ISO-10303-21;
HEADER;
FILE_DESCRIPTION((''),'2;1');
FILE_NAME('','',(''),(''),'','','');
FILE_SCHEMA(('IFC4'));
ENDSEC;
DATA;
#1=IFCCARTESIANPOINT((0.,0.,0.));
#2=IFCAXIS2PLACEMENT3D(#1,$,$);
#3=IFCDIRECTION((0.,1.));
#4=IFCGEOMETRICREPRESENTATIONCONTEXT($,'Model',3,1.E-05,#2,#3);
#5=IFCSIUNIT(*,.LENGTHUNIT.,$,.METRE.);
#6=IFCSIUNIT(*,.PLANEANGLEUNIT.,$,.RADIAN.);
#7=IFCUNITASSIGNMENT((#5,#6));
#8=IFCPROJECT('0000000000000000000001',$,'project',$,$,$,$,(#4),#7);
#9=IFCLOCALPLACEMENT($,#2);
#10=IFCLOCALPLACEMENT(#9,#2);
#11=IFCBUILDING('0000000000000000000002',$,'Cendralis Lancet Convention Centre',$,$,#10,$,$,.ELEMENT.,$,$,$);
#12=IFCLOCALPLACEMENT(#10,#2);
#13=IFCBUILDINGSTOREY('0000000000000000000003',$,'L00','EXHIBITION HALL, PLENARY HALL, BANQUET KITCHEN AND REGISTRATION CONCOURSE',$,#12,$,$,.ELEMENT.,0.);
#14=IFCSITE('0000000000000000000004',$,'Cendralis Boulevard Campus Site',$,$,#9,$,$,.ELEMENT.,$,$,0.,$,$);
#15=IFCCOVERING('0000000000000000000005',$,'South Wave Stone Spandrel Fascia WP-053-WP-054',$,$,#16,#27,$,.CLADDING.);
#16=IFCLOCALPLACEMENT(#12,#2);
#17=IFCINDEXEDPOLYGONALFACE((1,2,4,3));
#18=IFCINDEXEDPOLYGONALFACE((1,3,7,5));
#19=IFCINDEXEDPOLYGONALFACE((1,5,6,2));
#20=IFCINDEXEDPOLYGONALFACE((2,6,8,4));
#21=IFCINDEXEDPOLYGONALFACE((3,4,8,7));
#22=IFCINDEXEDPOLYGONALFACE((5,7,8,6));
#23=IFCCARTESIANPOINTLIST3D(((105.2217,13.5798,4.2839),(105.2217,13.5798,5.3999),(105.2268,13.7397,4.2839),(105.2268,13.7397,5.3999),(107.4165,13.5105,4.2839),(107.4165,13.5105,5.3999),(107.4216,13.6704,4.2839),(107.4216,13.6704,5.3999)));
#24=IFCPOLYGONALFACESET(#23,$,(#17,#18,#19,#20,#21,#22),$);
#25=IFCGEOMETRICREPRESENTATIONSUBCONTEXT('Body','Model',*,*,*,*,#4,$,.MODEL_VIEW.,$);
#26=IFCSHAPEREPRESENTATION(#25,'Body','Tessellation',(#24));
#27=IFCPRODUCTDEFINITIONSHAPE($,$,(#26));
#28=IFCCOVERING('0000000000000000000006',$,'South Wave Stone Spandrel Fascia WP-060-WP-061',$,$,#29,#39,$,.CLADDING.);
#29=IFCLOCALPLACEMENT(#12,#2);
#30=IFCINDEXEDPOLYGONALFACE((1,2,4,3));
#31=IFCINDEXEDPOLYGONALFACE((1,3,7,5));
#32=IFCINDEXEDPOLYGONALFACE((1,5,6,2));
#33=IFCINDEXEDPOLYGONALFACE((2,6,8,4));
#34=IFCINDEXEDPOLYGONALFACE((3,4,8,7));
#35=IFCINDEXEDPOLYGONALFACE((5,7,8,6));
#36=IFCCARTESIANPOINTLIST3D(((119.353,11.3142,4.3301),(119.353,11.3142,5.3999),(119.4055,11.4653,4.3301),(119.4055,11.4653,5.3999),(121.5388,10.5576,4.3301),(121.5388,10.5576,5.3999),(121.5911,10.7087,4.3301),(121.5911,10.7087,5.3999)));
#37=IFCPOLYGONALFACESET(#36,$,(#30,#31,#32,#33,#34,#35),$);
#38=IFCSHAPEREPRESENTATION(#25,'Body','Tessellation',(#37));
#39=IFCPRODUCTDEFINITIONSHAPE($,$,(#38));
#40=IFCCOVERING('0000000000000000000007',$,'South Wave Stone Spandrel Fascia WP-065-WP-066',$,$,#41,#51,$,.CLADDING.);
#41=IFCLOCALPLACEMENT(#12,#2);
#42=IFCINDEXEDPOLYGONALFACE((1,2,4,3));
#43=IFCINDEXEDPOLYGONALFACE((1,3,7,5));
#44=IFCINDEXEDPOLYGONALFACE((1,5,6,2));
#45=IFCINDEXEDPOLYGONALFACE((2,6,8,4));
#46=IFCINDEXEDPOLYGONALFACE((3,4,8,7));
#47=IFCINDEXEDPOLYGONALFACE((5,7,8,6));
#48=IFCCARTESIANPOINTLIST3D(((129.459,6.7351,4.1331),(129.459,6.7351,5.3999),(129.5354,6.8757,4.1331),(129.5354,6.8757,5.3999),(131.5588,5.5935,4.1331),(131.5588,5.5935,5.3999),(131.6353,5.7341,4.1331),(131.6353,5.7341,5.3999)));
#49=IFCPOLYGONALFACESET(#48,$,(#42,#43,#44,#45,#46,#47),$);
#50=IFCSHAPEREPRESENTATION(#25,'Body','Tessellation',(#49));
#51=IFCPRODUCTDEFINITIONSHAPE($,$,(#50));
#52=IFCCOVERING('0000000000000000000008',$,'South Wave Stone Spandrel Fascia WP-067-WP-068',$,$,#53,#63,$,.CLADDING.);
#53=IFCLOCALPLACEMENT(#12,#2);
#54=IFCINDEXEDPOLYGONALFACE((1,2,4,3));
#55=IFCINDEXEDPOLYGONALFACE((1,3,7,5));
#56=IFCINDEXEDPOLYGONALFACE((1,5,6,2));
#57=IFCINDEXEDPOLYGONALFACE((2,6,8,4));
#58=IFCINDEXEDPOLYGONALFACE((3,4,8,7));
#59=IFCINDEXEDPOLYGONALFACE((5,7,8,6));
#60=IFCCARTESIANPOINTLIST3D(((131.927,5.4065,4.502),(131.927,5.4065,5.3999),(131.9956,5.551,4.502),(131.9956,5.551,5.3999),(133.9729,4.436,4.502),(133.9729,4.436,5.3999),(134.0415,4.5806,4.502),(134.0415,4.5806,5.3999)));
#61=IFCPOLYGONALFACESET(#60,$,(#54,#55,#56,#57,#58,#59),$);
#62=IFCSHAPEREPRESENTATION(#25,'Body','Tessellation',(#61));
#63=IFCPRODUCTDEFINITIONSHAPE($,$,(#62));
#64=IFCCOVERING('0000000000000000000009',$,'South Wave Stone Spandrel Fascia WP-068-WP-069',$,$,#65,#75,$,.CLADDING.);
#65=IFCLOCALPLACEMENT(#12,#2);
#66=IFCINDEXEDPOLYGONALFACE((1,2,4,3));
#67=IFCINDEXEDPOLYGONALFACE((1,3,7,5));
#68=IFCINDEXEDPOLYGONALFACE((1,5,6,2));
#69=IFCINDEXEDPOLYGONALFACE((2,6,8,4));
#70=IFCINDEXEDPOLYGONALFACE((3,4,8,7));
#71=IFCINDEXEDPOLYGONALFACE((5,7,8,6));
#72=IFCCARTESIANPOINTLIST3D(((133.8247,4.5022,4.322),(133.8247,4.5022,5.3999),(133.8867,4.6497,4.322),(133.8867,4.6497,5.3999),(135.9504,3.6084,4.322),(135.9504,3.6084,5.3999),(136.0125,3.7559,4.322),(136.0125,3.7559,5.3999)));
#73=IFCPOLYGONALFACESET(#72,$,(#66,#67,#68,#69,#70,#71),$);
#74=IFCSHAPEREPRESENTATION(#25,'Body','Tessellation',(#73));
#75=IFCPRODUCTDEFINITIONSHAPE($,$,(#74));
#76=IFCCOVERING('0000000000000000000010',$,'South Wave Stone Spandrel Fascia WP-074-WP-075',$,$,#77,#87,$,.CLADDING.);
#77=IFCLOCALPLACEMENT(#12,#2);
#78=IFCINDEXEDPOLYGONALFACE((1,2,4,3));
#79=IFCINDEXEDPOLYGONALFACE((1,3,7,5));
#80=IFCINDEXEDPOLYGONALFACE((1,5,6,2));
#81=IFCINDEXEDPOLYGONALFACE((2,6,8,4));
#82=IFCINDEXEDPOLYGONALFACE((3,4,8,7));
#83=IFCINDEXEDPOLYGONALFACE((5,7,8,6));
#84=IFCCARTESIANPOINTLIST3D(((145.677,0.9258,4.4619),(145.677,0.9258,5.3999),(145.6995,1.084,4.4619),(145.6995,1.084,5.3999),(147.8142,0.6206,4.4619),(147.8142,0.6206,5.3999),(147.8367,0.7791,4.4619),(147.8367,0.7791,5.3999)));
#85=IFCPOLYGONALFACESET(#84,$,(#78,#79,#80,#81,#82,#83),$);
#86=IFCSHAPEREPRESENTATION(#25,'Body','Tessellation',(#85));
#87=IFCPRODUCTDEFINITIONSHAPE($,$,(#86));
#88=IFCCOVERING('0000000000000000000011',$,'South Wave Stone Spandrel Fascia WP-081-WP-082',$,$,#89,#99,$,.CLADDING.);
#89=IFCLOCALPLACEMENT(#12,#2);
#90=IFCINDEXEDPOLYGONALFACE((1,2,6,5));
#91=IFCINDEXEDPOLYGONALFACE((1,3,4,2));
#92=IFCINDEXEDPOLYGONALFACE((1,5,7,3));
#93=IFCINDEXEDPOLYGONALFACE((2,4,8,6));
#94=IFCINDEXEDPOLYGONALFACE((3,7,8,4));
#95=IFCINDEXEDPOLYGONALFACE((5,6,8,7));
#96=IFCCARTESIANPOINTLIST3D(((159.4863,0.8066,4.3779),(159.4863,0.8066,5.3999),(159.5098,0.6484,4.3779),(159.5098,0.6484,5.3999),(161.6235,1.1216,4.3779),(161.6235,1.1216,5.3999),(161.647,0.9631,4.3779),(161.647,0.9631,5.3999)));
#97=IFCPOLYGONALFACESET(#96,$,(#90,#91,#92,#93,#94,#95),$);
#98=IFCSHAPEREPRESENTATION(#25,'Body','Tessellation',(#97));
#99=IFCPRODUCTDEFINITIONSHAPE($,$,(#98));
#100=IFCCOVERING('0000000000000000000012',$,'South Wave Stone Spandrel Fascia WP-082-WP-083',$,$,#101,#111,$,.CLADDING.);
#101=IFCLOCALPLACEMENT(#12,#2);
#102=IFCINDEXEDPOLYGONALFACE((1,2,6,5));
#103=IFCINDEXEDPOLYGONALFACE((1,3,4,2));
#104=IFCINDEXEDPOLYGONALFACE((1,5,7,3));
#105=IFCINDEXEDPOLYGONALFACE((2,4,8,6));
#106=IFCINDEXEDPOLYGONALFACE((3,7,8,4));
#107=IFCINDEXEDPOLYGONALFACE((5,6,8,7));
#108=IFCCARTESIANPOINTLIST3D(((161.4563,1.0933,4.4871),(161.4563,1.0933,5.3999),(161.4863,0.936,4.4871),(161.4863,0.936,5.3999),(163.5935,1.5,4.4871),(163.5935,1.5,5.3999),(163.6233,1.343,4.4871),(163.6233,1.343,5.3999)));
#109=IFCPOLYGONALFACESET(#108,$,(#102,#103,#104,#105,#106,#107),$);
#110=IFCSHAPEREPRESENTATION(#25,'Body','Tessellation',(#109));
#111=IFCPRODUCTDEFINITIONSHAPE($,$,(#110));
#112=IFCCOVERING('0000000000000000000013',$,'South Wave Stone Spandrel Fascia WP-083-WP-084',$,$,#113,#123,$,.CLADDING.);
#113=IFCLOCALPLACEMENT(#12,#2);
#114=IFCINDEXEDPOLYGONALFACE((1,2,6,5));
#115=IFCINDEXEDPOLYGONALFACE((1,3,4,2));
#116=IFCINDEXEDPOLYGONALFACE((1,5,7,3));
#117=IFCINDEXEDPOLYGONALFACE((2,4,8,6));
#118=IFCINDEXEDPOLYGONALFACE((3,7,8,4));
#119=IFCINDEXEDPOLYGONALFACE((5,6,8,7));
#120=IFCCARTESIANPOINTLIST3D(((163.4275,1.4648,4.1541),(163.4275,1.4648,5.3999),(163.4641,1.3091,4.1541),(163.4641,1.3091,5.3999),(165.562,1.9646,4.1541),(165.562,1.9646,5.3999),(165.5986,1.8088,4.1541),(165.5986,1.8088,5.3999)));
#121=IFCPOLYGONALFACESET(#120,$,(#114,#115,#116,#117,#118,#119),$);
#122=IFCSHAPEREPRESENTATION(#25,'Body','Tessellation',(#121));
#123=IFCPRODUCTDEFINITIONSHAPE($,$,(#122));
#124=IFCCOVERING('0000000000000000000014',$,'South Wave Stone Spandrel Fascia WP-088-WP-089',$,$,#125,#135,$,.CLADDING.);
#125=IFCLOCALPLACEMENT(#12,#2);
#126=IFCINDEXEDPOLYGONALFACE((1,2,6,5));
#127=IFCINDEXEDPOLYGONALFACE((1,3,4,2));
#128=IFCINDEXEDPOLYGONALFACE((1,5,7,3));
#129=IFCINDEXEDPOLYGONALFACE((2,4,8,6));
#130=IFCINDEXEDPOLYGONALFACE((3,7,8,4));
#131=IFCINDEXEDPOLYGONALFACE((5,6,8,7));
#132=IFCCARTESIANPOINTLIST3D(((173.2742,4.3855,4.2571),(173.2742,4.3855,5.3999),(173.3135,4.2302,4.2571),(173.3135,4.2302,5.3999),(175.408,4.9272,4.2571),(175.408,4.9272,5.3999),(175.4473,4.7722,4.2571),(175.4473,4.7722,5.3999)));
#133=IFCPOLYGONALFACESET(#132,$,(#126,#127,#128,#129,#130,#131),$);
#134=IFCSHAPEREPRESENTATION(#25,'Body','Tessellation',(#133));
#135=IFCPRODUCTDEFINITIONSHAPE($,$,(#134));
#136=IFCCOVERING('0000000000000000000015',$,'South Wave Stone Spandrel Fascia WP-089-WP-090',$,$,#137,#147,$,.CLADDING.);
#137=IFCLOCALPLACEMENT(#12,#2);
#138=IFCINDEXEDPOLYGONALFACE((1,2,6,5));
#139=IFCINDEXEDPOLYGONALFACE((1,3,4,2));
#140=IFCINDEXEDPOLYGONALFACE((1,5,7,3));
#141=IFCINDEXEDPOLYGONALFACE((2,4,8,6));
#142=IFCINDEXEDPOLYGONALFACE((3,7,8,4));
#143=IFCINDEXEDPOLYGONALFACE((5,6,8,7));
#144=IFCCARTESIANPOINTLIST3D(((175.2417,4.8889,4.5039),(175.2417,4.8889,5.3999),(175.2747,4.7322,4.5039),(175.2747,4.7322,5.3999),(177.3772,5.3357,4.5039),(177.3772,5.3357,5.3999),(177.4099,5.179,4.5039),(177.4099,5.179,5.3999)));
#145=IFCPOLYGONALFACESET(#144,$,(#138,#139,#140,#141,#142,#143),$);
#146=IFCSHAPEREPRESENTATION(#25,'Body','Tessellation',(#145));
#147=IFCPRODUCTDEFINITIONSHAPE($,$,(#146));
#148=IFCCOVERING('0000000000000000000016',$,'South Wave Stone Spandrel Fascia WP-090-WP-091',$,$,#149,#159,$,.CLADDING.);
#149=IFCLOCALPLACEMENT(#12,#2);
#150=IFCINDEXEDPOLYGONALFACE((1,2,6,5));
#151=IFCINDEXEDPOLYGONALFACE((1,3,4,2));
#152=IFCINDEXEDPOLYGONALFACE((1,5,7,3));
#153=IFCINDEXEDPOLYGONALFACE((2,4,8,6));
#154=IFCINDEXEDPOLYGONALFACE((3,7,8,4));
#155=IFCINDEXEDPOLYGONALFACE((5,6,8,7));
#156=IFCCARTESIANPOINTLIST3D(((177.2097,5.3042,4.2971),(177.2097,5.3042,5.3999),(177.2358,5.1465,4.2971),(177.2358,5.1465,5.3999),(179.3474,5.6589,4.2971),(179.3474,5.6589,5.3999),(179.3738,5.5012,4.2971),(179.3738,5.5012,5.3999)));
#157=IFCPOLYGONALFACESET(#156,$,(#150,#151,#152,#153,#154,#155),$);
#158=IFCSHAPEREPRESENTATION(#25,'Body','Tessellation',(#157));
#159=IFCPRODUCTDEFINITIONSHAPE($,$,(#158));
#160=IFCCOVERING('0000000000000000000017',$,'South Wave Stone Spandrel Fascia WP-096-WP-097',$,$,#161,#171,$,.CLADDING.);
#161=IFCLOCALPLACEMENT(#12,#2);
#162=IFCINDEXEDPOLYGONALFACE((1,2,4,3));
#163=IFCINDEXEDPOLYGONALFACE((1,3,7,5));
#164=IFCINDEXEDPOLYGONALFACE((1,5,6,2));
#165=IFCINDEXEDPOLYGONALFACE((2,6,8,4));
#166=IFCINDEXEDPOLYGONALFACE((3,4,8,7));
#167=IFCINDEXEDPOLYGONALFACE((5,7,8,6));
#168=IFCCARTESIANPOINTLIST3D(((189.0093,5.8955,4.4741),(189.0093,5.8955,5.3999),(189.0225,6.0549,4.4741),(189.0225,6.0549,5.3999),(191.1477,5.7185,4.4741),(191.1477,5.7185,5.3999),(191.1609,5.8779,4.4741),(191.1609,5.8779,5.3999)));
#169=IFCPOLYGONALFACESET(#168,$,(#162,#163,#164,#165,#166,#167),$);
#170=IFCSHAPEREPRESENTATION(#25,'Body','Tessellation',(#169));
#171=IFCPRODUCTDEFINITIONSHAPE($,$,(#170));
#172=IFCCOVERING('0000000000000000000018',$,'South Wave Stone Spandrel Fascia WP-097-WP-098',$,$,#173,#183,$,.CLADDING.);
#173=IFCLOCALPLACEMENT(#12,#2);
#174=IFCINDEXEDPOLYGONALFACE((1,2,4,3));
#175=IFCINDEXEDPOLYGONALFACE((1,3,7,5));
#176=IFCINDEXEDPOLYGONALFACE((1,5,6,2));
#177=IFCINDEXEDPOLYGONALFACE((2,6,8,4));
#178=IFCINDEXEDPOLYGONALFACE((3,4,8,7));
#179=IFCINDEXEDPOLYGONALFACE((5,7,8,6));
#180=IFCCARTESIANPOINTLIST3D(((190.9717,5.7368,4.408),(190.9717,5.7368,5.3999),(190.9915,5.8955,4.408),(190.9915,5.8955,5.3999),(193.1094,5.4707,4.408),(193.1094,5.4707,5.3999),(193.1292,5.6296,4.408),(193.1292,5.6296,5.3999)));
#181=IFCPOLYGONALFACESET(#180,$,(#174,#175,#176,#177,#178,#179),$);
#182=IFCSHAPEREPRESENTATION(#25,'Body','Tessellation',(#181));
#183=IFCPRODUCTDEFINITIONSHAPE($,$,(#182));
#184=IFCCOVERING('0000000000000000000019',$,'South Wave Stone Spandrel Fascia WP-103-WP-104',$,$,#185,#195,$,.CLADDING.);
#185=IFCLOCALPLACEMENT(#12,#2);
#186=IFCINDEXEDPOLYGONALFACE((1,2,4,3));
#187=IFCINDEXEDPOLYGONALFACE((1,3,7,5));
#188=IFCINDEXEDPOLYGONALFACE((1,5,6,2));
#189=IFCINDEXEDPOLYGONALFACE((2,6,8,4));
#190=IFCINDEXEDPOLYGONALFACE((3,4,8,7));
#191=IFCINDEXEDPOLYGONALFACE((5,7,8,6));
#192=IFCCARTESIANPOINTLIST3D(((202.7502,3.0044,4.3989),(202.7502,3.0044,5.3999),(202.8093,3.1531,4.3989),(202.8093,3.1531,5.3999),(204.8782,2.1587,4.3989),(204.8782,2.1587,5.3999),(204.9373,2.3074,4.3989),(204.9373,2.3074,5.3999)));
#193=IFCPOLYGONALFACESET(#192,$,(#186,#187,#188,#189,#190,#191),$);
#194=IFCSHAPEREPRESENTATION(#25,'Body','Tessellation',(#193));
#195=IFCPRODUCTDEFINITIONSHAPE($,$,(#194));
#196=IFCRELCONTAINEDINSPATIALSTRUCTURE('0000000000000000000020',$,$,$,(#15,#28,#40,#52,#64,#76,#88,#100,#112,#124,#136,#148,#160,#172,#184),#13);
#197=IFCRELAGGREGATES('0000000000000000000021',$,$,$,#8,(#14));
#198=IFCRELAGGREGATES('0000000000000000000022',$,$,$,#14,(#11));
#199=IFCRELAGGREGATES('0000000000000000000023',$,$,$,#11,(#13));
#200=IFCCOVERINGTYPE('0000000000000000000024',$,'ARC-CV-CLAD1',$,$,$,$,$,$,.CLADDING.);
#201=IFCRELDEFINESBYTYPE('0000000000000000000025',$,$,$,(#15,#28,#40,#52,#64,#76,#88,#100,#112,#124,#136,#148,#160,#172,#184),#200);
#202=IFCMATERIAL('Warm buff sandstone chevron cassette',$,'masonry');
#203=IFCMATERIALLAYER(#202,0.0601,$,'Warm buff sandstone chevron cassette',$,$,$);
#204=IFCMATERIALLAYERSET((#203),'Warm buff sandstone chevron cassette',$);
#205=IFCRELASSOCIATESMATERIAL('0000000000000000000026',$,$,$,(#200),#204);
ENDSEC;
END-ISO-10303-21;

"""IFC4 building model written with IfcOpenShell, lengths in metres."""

from ifc_helpers import new_model, si_unit, direction, frame, origin, place, context, subcontext, project, spatial, polyline, outline, extrude, material, layer, layer_set, type_object, element, save


model = new_model("IFC4")

# Units and contexts
model_context = context("Model", 3, precision=1e-05, world=origin(), true_north=direction((0.0, 1.0)))
body_context = subcontext(model_context, "Body", "Model", "MODEL_VIEW")
ifc_project = project(units=[si_unit("LENGTHUNIT", "METRE"), si_unit("PLANEANGLEUNIT", "RADIAN")], contexts=[model_context])

# Site, building, storey
site_placement = place(None, origin())
site = spatial("IfcSite", under=ifc_project, at=site_placement, Name="Cendralis Boulevard Campus Site", CompositionType="ELEMENT", RefElevation=0.0)
building_placement = place(site_placement, origin())
building = spatial("IfcBuilding", under=site, at=building_placement, Name="Cendralis Lancet Convention Centre", CompositionType="ELEMENT")
storey_placement = place(building_placement, origin())
storey = spatial("IfcBuildingStorey", under=building, at=storey_placement, Name="L00", Description="EXHIBITION HALL, PLENARY HALL, BANQUET KITCHEN AND REGISTRATION CONCOURSE", CompositionType="ELEMENT", Elevation=0.0)

# Coverings
ifc_material = material(Name="Warm buff sandstone chevron cassette", Category="masonry")
ifc_layer = layer(ifc_material, 0.0601, Name="Warm buff sandstone chevron cassette")
ifc_layer_set = layer_set([ifc_layer], Name="Warm buff sandstone chevron cassette")
covering_type = type_object("IfcCoveringType", Name="ARC-CV-CLAD1", PredefinedType="CLADDING", material=ifc_layer_set)
covering_1_placement = place(storey_placement, frame((0.0, 0.0, 4.2839)))
element("IfcCovering", 1, at=covering_1_placement, inside=storey, type_object=covering_type, Name="South Wave Stone Spandrel Fascia WP-053-WP-054", PredefinedType="CLADDING", context=body_context, shape_type="SweptSolid", body=[
    extrude(outline(polyline([(105.2217, 13.5798), (107.4165, 13.5105), (107.4216, 13.6704), (105.2268, 13.7397), (105.2217, 13.5798)])), origin(), (0.0, 0.0, 1.0), 1.116),
])
covering_2_placement = place(storey_placement, frame((0.0, 0.0, 4.3301)))
element("IfcCovering", 2, at=covering_2_placement, inside=storey, type_object=covering_type, Name="South Wave Stone Spandrel Fascia WP-060-WP-061", PredefinedType="CLADDING", context=body_context, shape_type="SweptSolid", body=[
    extrude(outline(polyline([(119.353, 11.3142), (121.5388, 10.5576), (121.5911, 10.7087), (119.4055, 11.4653), (119.353, 11.3142)])), origin(), (0.0, 0.0, 1.0), 1.0698),
])
covering_3_placement = place(storey_placement, frame((0.0, 0.0, 4.1331)))
element("IfcCovering", 3, at=covering_3_placement, inside=storey, type_object=covering_type, Name="South Wave Stone Spandrel Fascia WP-065-WP-066", PredefinedType="CLADDING", context=body_context, shape_type="SweptSolid", body=[
    extrude(outline(polyline([(129.459, 6.7351), (131.5588, 5.5935), (131.6353, 5.7341), (129.5354, 6.8757), (129.459, 6.7351)])), origin(), (0.0, 0.0, 1.0), 1.2668),
])
covering_4_placement = place(storey_placement, frame((0.0, 0.0, 4.502)))
element("IfcCovering", 4, at=covering_4_placement, inside=storey, type_object=covering_type, Name="South Wave Stone Spandrel Fascia WP-067-WP-068", PredefinedType="CLADDING", context=body_context, shape_type="SweptSolid", body=[
    extrude(outline(polyline([(131.927, 5.4065), (133.9729, 4.436), (134.0415, 4.5806), (131.9956, 5.551), (131.927, 5.4065)])), origin(), (0.0, 0.0, 1.0), 0.8979),
])
covering_5_placement = place(storey_placement, frame((0.0, 0.0, 4.322)))
element("IfcCovering", 5, at=covering_5_placement, inside=storey, type_object=covering_type, Name="South Wave Stone Spandrel Fascia WP-068-WP-069", PredefinedType="CLADDING", context=body_context, shape_type="SweptSolid", body=[
    extrude(outline(polyline([(133.8247, 4.5022), (135.9504, 3.6084), (136.0125, 3.7559), (133.8867, 4.6497), (133.8247, 4.5022)])), origin(), (0.0, 0.0, 1.0), 1.0779),
])
covering_6_placement = place(storey_placement, frame((0.0, 0.0, 4.4619)))
element("IfcCovering", 6, at=covering_6_placement, inside=storey, type_object=covering_type, Name="South Wave Stone Spandrel Fascia WP-074-WP-075", PredefinedType="CLADDING", context=body_context, shape_type="SweptSolid", body=[
    extrude(outline(polyline([(145.677, 0.9258), (147.8142, 0.6206), (147.8367, 0.7791), (145.6995, 1.084), (145.677, 0.9258)])), origin(), (0.0, 0.0, 1.0), 0.938),
])
covering_7_placement = place(storey_placement, frame((0.0, 0.0, 4.3779)))
element("IfcCovering", 7, at=covering_7_placement, inside=storey, type_object=covering_type, Name="South Wave Stone Spandrel Fascia WP-081-WP-082", PredefinedType="CLADDING", context=body_context, shape_type="SweptSolid", body=[
    extrude(outline(polyline([(159.5098, 0.6484), (161.647, 0.9631), (161.6235, 1.1216), (159.4863, 0.8066), (159.5098, 0.6484)])), origin(), (0.0, 0.0, 1.0), 1.022),
])
covering_8_placement = place(storey_placement, frame((0.0, 0.0, 4.4871)))
element("IfcCovering", 8, at=covering_8_placement, inside=storey, type_object=covering_type, Name="South Wave Stone Spandrel Fascia WP-082-WP-083", PredefinedType="CLADDING", context=body_context, shape_type="SweptSolid", body=[
    extrude(outline(polyline([(161.4863, 0.936), (163.6233, 1.343), (163.5935, 1.5), (161.4563, 1.0933), (161.4863, 0.936)])), origin(), (0.0, 0.0, 1.0), 0.9128),
])
covering_9_placement = place(storey_placement, frame((0.0, 0.0, 4.1541)))
element("IfcCovering", 9, at=covering_9_placement, inside=storey, type_object=covering_type, Name="South Wave Stone Spandrel Fascia WP-083-WP-084", PredefinedType="CLADDING", context=body_context, shape_type="SweptSolid", body=[
    extrude(outline(polyline([(163.4641, 1.3091), (165.5986, 1.8088), (165.562, 1.9646), (163.4275, 1.4648), (163.4641, 1.3091)])), origin(), (0.0, 0.0, 1.0), 1.2458),
])
covering_10_placement = place(storey_placement, frame((0.0, 0.0, 4.2571)))
element("IfcCovering", 10, at=covering_10_placement, inside=storey, type_object=covering_type, Name="South Wave Stone Spandrel Fascia WP-088-WP-089", PredefinedType="CLADDING", context=body_context, shape_type="SweptSolid", body=[
    extrude(outline(polyline([(173.3135, 4.2302), (175.4473, 4.7722), (175.408, 4.9272), (173.2742, 4.3855), (173.3135, 4.2302)])), origin(), (0.0, 0.0, 1.0), 1.1428),
])
covering_11_placement = place(storey_placement, frame((0.0, 0.0, 4.5039)))
element("IfcCovering", 11, at=covering_11_placement, inside=storey, type_object=covering_type, Name="South Wave Stone Spandrel Fascia WP-089-WP-090", PredefinedType="CLADDING", context=body_context, shape_type="SweptSolid", body=[
    extrude(outline(polyline([(175.2747, 4.7322), (177.4099, 5.179), (177.3772, 5.3357), (175.2417, 4.8889), (175.2747, 4.7322)])), origin(), (0.0, 0.0, 1.0), 0.896),
])
covering_12_placement = place(storey_placement, frame((0.0, 0.0, 4.2971)))
element("IfcCovering", 12, at=covering_12_placement, inside=storey, type_object=covering_type, Name="South Wave Stone Spandrel Fascia WP-090-WP-091", PredefinedType="CLADDING", context=body_context, shape_type="SweptSolid", body=[
    extrude(outline(polyline([(177.2358, 5.1465), (179.3738, 5.5012), (179.3474, 5.6589), (177.2097, 5.3042), (177.2358, 5.1465)])), origin(), (0.0, 0.0, 1.0), 1.1028),
])
covering_13_placement = place(storey_placement, frame((0.0, 0.0, 4.4741)))
element("IfcCovering", 13, at=covering_13_placement, inside=storey, type_object=covering_type, Name="South Wave Stone Spandrel Fascia WP-096-WP-097", PredefinedType="CLADDING", context=body_context, shape_type="SweptSolid", body=[
    extrude(outline(polyline([(189.0093, 5.8955), (191.1477, 5.7185), (191.1609, 5.8779), (189.0225, 6.0549), (189.0093, 5.8955)])), origin(), (0.0, 0.0, 1.0), 0.9258),
])
covering_14_placement = place(storey_placement, frame((0.0, 0.0, 4.408)))
element("IfcCovering", 14, at=covering_14_placement, inside=storey, type_object=covering_type, Name="South Wave Stone Spandrel Fascia WP-097-WP-098", PredefinedType="CLADDING", context=body_context, shape_type="SweptSolid", body=[
    extrude(outline(polyline([(190.9717, 5.7368), (193.1094, 5.4707), (193.1292, 5.6296), (190.9915, 5.8955), (190.9717, 5.7368)])), origin(), (0.0, 0.0, 1.0), 0.9919),
])
covering_15_placement = place(storey_placement, frame((0.0, 0.0, 4.3989)))
element("IfcCovering", 15, at=covering_15_placement, inside=storey, type_object=covering_type, Name="South Wave Stone Spandrel Fascia WP-103-WP-104", PredefinedType="CLADDING", context=body_context, shape_type="SweptSolid", body=[
    extrude(outline(polyline([(202.7502, 3.0044), (204.8782, 2.1587), (204.9373, 2.3074), (202.8093, 3.1531), (202.7502, 3.0044)])), origin(), (0.0, 0.0, 1.0), 1.001),
])

save(model, "model.ifc")
